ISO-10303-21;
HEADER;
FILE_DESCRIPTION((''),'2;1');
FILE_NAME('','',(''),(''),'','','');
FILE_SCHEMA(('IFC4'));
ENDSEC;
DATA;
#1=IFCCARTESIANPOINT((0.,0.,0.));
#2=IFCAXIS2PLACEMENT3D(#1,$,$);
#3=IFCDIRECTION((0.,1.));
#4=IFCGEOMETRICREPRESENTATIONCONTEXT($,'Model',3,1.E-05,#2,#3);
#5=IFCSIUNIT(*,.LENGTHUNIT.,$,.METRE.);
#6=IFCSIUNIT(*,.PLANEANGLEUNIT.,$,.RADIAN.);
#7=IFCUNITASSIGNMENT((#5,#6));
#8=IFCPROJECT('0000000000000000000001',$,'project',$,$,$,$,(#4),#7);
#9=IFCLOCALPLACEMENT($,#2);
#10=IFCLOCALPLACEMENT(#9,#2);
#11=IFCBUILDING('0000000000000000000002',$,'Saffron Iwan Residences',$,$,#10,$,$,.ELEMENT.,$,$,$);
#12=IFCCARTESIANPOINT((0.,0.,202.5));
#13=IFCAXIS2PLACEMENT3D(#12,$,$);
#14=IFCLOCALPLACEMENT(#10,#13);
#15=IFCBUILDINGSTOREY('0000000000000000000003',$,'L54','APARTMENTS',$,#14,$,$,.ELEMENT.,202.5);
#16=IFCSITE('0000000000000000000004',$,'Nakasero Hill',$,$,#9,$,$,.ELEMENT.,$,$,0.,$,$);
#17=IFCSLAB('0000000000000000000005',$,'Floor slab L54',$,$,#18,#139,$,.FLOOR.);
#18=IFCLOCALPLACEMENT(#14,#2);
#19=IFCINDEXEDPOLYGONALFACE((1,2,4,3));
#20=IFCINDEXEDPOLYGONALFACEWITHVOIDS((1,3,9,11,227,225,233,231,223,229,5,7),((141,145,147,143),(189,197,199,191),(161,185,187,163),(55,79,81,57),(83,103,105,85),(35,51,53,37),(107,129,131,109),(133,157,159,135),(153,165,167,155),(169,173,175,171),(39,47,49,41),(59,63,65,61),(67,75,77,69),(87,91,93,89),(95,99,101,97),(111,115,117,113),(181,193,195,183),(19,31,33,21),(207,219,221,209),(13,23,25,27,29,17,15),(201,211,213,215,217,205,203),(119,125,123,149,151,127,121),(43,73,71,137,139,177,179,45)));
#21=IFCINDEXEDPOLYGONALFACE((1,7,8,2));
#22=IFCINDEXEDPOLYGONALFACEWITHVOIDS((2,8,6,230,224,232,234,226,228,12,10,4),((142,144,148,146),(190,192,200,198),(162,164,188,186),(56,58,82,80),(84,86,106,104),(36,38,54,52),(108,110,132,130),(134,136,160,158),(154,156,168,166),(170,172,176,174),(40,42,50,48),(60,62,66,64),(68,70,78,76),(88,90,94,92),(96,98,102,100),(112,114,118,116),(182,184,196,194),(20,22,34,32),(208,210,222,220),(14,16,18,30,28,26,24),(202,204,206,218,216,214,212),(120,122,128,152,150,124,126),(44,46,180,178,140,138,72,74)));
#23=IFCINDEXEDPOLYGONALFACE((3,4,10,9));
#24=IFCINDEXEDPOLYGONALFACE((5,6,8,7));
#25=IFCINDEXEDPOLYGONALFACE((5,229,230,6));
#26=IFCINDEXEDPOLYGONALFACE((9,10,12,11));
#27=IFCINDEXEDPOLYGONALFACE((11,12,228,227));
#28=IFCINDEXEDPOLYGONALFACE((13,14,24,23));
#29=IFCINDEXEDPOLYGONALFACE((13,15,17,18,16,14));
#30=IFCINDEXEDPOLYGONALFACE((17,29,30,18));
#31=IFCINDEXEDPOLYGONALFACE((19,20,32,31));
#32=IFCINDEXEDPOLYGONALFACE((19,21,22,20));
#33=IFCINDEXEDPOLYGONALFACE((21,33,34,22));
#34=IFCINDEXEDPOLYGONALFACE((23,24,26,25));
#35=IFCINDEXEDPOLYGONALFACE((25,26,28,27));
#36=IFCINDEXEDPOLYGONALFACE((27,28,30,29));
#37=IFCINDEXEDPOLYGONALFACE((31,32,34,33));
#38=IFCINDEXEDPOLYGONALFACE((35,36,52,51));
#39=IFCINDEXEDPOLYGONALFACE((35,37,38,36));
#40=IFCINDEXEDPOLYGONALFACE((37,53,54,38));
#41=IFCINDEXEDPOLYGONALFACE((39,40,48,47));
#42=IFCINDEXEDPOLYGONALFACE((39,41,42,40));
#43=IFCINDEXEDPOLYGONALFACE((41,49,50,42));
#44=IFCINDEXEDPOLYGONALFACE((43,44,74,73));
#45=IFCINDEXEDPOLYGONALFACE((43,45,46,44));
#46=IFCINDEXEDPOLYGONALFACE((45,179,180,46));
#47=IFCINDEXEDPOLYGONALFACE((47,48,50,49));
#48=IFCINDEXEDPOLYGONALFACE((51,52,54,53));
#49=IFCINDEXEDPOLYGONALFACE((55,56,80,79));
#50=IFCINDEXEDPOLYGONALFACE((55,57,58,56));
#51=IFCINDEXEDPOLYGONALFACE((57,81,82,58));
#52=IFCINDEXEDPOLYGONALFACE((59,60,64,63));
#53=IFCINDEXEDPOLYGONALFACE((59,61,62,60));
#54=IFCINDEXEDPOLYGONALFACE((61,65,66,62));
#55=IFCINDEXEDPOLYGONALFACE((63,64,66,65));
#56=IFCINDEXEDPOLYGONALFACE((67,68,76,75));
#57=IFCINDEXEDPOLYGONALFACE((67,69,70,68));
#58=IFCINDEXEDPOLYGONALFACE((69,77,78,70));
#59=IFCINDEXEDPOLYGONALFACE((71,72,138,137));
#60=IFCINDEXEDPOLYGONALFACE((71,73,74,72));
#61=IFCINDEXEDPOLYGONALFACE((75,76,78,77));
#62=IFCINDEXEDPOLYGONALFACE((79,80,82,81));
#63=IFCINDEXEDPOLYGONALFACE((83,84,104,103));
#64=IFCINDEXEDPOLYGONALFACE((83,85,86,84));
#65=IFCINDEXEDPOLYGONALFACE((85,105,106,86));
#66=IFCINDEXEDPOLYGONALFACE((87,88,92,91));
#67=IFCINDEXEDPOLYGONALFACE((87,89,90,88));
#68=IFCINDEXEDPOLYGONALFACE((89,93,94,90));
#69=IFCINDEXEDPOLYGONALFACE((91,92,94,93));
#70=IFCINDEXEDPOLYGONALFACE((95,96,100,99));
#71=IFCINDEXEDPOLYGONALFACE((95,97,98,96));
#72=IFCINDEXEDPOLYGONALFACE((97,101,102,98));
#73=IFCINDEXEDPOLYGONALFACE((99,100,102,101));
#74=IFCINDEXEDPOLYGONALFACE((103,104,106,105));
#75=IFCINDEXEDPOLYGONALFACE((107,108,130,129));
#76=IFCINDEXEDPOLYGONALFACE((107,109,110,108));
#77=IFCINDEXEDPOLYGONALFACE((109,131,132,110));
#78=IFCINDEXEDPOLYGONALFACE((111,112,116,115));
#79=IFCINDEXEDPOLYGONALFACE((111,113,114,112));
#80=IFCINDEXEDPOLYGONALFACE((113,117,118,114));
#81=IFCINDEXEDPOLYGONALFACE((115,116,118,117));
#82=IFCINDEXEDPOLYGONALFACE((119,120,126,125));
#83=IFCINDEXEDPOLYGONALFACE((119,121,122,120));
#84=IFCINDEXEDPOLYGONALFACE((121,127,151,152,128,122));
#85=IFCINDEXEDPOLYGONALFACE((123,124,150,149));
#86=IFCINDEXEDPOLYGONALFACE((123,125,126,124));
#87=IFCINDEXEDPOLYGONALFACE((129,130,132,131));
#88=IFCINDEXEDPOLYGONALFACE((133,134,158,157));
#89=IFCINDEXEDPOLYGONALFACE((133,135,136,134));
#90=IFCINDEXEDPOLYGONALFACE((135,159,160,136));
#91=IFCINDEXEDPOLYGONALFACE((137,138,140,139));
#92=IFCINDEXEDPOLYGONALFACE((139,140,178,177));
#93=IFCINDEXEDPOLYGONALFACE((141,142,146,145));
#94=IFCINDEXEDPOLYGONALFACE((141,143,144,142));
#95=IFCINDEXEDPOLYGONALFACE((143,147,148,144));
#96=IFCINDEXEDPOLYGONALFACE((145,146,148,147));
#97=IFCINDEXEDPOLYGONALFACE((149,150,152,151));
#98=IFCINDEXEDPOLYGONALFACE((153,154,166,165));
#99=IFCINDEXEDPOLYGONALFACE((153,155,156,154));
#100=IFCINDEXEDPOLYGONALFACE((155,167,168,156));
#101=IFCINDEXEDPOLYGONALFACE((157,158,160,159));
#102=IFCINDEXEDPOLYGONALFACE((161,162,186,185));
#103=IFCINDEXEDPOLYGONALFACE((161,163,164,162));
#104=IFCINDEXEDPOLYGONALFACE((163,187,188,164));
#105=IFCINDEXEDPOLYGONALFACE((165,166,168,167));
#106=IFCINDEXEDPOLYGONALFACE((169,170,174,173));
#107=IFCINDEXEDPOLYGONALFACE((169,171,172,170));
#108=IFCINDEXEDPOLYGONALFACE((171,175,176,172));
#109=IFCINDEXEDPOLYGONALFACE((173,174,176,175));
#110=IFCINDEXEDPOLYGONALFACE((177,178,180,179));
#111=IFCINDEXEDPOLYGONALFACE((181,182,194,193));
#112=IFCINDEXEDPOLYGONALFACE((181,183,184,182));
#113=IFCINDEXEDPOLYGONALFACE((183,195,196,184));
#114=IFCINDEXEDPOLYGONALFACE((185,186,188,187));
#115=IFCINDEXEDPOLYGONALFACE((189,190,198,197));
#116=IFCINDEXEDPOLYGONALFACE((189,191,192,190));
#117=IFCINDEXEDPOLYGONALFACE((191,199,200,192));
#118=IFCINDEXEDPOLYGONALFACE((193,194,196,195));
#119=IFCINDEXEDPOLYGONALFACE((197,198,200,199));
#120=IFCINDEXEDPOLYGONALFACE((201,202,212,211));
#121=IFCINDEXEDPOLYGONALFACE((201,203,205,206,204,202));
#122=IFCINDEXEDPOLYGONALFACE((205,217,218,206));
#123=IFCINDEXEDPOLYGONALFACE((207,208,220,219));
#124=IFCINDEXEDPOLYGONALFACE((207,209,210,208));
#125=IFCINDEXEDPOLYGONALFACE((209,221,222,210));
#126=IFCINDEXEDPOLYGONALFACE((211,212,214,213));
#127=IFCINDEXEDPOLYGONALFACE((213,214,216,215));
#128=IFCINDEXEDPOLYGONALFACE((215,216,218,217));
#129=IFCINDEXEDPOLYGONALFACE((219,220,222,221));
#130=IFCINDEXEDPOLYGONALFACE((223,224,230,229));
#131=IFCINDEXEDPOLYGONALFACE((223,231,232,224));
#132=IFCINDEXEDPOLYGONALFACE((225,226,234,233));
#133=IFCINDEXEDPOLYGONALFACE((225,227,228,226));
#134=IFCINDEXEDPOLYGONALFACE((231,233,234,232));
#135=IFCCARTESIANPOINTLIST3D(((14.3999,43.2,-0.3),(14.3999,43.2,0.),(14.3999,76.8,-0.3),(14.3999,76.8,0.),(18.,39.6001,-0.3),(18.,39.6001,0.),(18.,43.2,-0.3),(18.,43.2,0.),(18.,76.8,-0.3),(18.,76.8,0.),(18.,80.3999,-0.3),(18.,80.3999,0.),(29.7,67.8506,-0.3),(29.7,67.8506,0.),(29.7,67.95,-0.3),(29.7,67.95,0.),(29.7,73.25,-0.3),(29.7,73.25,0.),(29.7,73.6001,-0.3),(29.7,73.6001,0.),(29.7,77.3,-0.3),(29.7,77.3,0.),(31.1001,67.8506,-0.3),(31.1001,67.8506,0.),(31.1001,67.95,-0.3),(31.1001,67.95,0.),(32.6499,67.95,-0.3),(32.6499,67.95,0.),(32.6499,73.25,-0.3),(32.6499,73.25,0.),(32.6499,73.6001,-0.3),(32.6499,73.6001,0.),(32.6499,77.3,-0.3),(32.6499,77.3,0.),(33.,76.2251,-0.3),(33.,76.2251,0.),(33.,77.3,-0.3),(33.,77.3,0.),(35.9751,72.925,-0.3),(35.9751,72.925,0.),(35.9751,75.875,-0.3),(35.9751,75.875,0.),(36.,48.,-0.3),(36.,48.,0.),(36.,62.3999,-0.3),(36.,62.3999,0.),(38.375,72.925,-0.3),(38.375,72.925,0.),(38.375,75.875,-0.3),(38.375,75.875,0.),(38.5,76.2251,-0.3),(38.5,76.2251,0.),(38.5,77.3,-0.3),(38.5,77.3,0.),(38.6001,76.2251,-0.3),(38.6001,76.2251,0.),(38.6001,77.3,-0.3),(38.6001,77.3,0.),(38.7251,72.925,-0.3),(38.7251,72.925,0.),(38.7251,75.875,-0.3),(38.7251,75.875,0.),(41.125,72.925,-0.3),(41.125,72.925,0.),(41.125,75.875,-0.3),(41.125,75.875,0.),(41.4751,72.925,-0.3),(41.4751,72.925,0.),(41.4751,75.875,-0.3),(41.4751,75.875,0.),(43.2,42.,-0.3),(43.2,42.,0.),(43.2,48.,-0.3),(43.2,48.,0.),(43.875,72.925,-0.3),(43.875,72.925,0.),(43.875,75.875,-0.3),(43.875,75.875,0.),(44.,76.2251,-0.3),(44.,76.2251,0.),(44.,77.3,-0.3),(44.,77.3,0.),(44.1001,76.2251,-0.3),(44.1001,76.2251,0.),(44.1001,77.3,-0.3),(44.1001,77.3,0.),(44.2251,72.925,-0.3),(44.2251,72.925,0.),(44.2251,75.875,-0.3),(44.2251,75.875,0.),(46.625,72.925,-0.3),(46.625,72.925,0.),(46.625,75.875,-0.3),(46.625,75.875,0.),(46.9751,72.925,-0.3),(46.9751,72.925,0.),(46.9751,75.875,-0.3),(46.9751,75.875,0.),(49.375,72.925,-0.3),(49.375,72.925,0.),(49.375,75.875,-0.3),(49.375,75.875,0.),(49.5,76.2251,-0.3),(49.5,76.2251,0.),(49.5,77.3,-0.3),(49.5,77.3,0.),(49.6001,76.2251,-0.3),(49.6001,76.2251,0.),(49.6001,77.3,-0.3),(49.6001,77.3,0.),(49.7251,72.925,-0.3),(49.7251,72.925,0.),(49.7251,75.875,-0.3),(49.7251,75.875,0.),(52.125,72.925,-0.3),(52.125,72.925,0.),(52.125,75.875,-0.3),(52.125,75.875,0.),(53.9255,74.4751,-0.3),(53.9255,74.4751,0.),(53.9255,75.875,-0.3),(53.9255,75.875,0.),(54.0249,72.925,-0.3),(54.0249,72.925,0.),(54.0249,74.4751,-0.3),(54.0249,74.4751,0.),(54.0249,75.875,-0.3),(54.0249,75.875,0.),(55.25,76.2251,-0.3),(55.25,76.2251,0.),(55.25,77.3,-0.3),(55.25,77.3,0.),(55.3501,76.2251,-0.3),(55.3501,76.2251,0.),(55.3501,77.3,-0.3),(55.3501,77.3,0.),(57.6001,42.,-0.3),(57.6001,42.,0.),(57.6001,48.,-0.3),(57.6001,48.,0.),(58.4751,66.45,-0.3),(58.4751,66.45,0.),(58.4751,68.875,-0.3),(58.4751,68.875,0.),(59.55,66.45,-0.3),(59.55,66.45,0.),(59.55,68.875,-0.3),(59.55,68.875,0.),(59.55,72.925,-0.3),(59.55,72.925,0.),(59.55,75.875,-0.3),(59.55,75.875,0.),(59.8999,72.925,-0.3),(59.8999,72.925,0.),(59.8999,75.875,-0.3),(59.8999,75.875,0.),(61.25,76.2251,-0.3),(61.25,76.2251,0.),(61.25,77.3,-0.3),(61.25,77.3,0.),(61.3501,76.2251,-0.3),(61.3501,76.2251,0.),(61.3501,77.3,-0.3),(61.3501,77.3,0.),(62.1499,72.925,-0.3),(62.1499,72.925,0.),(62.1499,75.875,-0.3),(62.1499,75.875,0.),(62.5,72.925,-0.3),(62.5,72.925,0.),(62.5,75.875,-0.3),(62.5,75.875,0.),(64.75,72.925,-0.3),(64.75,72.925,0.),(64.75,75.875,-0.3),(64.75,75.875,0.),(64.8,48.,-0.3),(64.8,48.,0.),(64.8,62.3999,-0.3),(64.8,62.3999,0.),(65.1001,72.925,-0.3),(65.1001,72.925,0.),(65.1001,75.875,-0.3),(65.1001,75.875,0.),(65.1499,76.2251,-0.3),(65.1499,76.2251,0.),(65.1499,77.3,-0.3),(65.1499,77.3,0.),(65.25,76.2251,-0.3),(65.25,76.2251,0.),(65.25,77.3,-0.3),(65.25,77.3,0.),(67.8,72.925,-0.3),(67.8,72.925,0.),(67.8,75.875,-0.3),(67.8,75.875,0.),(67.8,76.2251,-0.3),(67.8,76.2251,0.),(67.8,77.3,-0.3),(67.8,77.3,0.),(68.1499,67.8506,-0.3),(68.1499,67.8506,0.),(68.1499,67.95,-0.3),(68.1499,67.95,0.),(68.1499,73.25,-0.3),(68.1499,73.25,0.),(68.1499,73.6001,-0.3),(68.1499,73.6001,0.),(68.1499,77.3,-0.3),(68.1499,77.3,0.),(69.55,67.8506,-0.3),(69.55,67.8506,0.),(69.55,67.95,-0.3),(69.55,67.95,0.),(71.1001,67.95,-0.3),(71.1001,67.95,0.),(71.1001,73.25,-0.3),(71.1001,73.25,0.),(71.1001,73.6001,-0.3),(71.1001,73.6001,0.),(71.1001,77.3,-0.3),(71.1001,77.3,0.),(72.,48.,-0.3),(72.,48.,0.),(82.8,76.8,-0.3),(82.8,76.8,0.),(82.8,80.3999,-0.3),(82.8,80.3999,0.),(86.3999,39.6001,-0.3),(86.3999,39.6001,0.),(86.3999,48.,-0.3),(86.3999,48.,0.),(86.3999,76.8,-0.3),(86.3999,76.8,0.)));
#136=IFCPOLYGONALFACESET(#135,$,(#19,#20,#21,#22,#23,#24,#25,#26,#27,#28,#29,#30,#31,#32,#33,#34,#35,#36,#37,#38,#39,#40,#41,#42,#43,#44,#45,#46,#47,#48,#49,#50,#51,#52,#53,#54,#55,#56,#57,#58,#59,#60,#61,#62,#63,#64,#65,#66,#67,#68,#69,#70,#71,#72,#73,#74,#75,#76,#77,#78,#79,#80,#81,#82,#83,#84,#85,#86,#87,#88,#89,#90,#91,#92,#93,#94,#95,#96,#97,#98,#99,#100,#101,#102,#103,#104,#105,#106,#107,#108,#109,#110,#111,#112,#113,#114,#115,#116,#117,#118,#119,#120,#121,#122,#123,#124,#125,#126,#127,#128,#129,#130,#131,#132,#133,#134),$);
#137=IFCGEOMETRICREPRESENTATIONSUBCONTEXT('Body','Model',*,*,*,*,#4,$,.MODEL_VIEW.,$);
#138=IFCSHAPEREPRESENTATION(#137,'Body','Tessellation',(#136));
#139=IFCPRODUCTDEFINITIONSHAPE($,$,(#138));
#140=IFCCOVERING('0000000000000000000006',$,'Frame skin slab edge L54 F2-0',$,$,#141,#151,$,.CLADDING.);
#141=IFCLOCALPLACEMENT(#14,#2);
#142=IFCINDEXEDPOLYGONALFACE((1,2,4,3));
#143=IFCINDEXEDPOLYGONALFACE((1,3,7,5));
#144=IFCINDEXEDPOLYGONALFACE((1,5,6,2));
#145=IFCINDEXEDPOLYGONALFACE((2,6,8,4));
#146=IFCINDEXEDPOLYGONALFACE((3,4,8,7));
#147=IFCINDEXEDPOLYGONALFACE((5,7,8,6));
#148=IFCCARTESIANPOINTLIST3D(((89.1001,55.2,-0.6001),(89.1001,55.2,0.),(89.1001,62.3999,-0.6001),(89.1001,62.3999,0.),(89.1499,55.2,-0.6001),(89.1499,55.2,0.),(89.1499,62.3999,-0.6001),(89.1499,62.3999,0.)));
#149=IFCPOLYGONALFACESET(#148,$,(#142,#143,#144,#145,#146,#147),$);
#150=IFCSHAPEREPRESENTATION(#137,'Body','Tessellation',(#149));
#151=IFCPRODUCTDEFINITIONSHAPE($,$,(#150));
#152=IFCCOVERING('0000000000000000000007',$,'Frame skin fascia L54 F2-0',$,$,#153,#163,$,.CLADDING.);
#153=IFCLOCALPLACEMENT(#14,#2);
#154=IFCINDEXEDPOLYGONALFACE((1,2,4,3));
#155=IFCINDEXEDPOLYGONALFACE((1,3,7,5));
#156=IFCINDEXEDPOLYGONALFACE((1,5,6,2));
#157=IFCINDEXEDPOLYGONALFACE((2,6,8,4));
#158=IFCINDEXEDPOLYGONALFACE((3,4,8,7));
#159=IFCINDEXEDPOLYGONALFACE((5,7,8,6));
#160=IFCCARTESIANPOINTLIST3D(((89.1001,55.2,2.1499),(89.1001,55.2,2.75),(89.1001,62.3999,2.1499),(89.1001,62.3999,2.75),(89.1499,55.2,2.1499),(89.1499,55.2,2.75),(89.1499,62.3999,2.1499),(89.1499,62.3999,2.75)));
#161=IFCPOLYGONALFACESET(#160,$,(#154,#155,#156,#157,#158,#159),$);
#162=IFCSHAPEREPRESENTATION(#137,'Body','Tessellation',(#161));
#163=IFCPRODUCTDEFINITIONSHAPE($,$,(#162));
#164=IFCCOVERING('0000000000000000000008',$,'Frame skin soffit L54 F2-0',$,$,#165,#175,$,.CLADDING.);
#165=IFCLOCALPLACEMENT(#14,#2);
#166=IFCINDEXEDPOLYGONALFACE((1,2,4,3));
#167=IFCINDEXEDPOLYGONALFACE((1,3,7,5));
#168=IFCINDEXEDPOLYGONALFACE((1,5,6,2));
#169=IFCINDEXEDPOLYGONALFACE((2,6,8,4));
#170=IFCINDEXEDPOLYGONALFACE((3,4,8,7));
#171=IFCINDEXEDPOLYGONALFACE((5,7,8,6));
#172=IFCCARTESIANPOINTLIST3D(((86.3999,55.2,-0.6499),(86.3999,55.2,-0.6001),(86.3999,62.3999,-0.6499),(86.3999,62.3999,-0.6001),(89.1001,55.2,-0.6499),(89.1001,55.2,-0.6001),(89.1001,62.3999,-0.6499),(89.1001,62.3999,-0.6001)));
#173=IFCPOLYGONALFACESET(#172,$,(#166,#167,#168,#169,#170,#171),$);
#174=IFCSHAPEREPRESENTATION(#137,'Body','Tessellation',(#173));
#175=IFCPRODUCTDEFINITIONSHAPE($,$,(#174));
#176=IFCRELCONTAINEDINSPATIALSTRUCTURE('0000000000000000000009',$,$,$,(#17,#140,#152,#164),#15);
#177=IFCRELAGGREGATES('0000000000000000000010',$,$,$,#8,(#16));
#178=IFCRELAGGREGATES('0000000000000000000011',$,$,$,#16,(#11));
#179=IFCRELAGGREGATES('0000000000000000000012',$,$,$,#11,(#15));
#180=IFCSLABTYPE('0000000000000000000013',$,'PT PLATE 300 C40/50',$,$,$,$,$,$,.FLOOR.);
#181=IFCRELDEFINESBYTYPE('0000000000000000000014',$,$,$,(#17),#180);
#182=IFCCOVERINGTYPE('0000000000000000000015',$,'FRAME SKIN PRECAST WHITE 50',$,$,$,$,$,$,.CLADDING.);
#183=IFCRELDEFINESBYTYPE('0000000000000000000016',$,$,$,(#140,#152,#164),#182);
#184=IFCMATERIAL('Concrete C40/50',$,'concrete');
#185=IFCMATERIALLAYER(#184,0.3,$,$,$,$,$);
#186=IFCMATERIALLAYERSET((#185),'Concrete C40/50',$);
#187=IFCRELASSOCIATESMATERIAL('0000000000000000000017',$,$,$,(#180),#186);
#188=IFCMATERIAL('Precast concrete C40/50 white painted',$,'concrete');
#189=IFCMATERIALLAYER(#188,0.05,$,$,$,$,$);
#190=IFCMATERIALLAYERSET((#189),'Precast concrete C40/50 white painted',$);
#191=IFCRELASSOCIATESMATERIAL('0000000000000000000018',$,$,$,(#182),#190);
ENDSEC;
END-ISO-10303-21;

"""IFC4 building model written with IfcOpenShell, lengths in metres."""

from ifc_helpers import new_model, si_unit, direction, frame, origin, place, context, subcontext, project, spatial, polyline, outline, extrude, material, layer, layer_set, type_object, element, save


model = new_model("IFC4")

# Units and contexts
model_context = context("Model", 3, precision=1e-05, world=origin(), true_north=direction((0.0, 1.0)))
body_context = subcontext(model_context, "Body", "Model", "MODEL_VIEW")
ifc_project = project(units=[si_unit("LENGTHUNIT", "METRE"), si_unit("PLANEANGLEUNIT", "RADIAN")], contexts=[model_context])

# Site, building, storey
site_placement = place(None, origin())
site = spatial("IfcSite", under=ifc_project, at=site_placement, Name="Nakasero Hill", CompositionType="ELEMENT", RefElevation=0.0)
building_placement = place(site_placement, origin())
building = spatial("IfcBuilding", under=site, at=building_placement, Name="Saffron Iwan Residences", CompositionType="ELEMENT")
storey_placement = place(building_placement, frame((0.0, 0.0, 202.5)))
storey = spatial("IfcBuildingStorey", under=building, at=storey_placement, Name="L54", Description="APARTMENTS", CompositionType="ELEMENT", Elevation=202.5)

# Slab
ifc_material_1 = material(Name="Concrete C40/50", Category="concrete")
ifc_layer_1 = layer(ifc_material_1, 0.3)
ifc_layer_set_1 = layer_set([ifc_layer_1], Name="Concrete C40/50")
slab_type_1 = type_object("IfcSlabType", Name="PT PLATE 300 C40/50", PredefinedType="FLOOR", material=ifc_layer_set_1)
slab_1_placement = place(storey_placement, frame((0.0, 0.0, -0.3)))
element("IfcSlab", 1, at=slab_1_placement, inside=storey, type_object=slab_type_1, Name="Floor slab L54", PredefinedType="FLOOR", context=body_context, shape_type="SweptSolid", body=[
    extrude(outline(polyline([(14.3999, 43.2), (14.3999, 76.8), (18.0, 76.8), (18.0, 80.3999), (82.8, 80.3999), (82.8, 76.8), (86.3999, 76.8), (86.3999, 48.0), (72.0, 48.0), (86.3999, 39.6001), (18.0, 39.6001), (18.0, 43.2), (14.3999, 43.2)]), holes=[polyline([(64.8, 48.0), (64.8, 62.3999), (36.0, 62.3999), (36.0, 48.0), (43.2, 48.0), (43.2, 42.0), (57.6001, 42.0), (57.6001, 48.0), (64.8, 48.0)]), polyline([(29.7, 73.25), (29.7, 67.95), (29.7, 67.8506), (31.1001, 67.8506), (31.1001, 67.95), (32.6499, 67.95), (32.6499, 73.25), (29.7, 73.25)]), polyline([(38.375, 75.875), (35.9751, 75.875), (35.9751, 72.925), (38.375, 72.925), (38.375, 75.875)]), polyline([(41.125, 75.875), (38.7251, 75.875), (38.7251, 72.925), (41.125, 72.925), (41.125, 75.875)]), polyline([(43.875, 72.925), (43.875, 75.875), (41.4751, 75.875), (41.4751, 72.925), (43.875, 72.925)]), polyline([(46.625, 72.925), (46.625, 75.875), (44.2251, 75.875), (44.2251, 72.925), (46.625, 72.925)]), polyline([(49.375, 75.875), (46.9751, 75.875), (46.9751, 72.925), (49.375, 72.925), (49.375, 75.875)]), polyline([(52.125, 72.925), (52.125, 75.875), (49.7251, 75.875), (49.7251, 72.925), (52.125, 72.925)]), polyline([(32.6499, 73.6001), (32.6499, 77.3), (29.7, 77.3), (29.7, 73.6001), (32.6499, 73.6001)]), polyline([(38.5, 77.3), (33.0, 77.3), (33.0, 76.2251), (38.5, 76.2251), (38.5, 77.3)]), polyline([(44.0, 76.2251), (44.0, 77.3), (38.6001, 77.3), (38.6001, 76.2251), (44.0, 76.2251)]), polyline([(49.5, 76.2251), (49.5, 77.3), (44.1001, 77.3), (44.1001, 76.2251), (49.5, 76.2251)]), polyline([(59.55, 68.875), (58.4751, 68.875), (58.4751, 66.45), (59.55, 66.45), (59.55, 68.875)]), polyline([(68.1499, 73.25), (68.1499, 67.95), (68.1499, 67.8506), (69.55, 67.8506), (69.55, 67.95), (71.1001, 67.95), (71.1001, 73.25), (68.1499, 73.25)]), polyline([(54.0249, 74.4751), (54.0249, 72.925), (59.55, 72.925), (59.55, 75.875), (54.0249, 75.875), (53.9255, 75.875), (53.9255, 74.4751), (54.0249, 74.4751)]), polyline([(62.1499, 72.925), (62.1499, 75.875), (59.8999, 75.875), (59.8999, 72.925), (62.1499, 72.925)]), polyline([(64.75, 72.925), (64.75, 75.875), (62.5, 75.875), (62.5, 72.925), (64.75, 72.925)]), polyline([(67.8, 75.875), (65.1001, 75.875), (65.1001, 72.925), (67.8, 72.925), (67.8, 75.875)]), polyline([(71.1001, 73.6001), (71.1001, 77.3), (68.1499, 77.3), (68.1499, 73.6001), (71.1001, 73.6001)]), polyline([(55.25, 76.2251), (55.25, 77.3), (49.6001, 77.3), (49.6001, 76.2251), (55.25, 76.2251)]), polyline([(61.25, 77.3), (55.3501, 77.3), (55.3501, 76.2251), (61.25, 76.2251), (61.25, 77.3)]), polyline([(65.1499, 76.2251), (65.1499, 77.3), (61.3501, 77.3), (61.3501, 76.2251), (65.1499, 76.2251)]), polyline([(67.8, 76.2251), (67.8, 77.3), (65.25, 77.3), (65.25, 76.2251), (67.8, 76.2251)])]), origin(), (0.0, 0.0, 1.0), 0.3),
])

# Coverings
ifc_material_2 = material(Name="Precast concrete C40/50 white painted", Category="concrete")
ifc_layer_2 = layer(ifc_material_2, 0.05)
ifc_layer_set_2 = layer_set([ifc_layer_2], Name="Precast concrete C40/50 white painted")
covering_type_1 = type_object("IfcCoveringType", Name="FRAME SKIN PRECAST WHITE 50", PredefinedType="CLADDING", material=ifc_layer_set_2)
for number, where, name in (
    (2, (0.0, 0.0, -0.6001), "Frame skin slab edge L54 F2-0"),
    (3, (0.0, 0.0, 2.1499), "Frame skin fascia L54 F2-0"),
):
    element("IfcCovering", number, at=place(storey_placement, frame(where)), inside=storey, type_object=covering_type_1, Name=name, PredefinedType="CLADDING", context=body_context, shape_type="SweptSolid", body=[
        extrude(outline(polyline([(89.1499, 55.2), (89.1499, 62.3999), (89.1001, 62.3999), (89.1001, 55.2), (89.1499, 55.2)])), origin(), (0.0, 0.0, 1.0), 0.6001),
    ])
covering_1_placement = place(storey_placement, frame((0.0, 0.0, -0.6499)))
element("IfcCovering", 4, at=covering_1_placement, inside=storey, type_object=covering_type_1, Name="Frame skin soffit L54 F2-0", PredefinedType="CLADDING", context=body_context, shape_type="SweptSolid", body=[
    extrude(outline(polyline([(89.1001, 55.2), (89.1001, 62.3999), (86.3999, 62.3999), (86.3999, 55.2), (89.1001, 55.2)])), origin(), (0.0, 0.0, 1.0), 0.0498),
])

save(model, "model.ifc")
